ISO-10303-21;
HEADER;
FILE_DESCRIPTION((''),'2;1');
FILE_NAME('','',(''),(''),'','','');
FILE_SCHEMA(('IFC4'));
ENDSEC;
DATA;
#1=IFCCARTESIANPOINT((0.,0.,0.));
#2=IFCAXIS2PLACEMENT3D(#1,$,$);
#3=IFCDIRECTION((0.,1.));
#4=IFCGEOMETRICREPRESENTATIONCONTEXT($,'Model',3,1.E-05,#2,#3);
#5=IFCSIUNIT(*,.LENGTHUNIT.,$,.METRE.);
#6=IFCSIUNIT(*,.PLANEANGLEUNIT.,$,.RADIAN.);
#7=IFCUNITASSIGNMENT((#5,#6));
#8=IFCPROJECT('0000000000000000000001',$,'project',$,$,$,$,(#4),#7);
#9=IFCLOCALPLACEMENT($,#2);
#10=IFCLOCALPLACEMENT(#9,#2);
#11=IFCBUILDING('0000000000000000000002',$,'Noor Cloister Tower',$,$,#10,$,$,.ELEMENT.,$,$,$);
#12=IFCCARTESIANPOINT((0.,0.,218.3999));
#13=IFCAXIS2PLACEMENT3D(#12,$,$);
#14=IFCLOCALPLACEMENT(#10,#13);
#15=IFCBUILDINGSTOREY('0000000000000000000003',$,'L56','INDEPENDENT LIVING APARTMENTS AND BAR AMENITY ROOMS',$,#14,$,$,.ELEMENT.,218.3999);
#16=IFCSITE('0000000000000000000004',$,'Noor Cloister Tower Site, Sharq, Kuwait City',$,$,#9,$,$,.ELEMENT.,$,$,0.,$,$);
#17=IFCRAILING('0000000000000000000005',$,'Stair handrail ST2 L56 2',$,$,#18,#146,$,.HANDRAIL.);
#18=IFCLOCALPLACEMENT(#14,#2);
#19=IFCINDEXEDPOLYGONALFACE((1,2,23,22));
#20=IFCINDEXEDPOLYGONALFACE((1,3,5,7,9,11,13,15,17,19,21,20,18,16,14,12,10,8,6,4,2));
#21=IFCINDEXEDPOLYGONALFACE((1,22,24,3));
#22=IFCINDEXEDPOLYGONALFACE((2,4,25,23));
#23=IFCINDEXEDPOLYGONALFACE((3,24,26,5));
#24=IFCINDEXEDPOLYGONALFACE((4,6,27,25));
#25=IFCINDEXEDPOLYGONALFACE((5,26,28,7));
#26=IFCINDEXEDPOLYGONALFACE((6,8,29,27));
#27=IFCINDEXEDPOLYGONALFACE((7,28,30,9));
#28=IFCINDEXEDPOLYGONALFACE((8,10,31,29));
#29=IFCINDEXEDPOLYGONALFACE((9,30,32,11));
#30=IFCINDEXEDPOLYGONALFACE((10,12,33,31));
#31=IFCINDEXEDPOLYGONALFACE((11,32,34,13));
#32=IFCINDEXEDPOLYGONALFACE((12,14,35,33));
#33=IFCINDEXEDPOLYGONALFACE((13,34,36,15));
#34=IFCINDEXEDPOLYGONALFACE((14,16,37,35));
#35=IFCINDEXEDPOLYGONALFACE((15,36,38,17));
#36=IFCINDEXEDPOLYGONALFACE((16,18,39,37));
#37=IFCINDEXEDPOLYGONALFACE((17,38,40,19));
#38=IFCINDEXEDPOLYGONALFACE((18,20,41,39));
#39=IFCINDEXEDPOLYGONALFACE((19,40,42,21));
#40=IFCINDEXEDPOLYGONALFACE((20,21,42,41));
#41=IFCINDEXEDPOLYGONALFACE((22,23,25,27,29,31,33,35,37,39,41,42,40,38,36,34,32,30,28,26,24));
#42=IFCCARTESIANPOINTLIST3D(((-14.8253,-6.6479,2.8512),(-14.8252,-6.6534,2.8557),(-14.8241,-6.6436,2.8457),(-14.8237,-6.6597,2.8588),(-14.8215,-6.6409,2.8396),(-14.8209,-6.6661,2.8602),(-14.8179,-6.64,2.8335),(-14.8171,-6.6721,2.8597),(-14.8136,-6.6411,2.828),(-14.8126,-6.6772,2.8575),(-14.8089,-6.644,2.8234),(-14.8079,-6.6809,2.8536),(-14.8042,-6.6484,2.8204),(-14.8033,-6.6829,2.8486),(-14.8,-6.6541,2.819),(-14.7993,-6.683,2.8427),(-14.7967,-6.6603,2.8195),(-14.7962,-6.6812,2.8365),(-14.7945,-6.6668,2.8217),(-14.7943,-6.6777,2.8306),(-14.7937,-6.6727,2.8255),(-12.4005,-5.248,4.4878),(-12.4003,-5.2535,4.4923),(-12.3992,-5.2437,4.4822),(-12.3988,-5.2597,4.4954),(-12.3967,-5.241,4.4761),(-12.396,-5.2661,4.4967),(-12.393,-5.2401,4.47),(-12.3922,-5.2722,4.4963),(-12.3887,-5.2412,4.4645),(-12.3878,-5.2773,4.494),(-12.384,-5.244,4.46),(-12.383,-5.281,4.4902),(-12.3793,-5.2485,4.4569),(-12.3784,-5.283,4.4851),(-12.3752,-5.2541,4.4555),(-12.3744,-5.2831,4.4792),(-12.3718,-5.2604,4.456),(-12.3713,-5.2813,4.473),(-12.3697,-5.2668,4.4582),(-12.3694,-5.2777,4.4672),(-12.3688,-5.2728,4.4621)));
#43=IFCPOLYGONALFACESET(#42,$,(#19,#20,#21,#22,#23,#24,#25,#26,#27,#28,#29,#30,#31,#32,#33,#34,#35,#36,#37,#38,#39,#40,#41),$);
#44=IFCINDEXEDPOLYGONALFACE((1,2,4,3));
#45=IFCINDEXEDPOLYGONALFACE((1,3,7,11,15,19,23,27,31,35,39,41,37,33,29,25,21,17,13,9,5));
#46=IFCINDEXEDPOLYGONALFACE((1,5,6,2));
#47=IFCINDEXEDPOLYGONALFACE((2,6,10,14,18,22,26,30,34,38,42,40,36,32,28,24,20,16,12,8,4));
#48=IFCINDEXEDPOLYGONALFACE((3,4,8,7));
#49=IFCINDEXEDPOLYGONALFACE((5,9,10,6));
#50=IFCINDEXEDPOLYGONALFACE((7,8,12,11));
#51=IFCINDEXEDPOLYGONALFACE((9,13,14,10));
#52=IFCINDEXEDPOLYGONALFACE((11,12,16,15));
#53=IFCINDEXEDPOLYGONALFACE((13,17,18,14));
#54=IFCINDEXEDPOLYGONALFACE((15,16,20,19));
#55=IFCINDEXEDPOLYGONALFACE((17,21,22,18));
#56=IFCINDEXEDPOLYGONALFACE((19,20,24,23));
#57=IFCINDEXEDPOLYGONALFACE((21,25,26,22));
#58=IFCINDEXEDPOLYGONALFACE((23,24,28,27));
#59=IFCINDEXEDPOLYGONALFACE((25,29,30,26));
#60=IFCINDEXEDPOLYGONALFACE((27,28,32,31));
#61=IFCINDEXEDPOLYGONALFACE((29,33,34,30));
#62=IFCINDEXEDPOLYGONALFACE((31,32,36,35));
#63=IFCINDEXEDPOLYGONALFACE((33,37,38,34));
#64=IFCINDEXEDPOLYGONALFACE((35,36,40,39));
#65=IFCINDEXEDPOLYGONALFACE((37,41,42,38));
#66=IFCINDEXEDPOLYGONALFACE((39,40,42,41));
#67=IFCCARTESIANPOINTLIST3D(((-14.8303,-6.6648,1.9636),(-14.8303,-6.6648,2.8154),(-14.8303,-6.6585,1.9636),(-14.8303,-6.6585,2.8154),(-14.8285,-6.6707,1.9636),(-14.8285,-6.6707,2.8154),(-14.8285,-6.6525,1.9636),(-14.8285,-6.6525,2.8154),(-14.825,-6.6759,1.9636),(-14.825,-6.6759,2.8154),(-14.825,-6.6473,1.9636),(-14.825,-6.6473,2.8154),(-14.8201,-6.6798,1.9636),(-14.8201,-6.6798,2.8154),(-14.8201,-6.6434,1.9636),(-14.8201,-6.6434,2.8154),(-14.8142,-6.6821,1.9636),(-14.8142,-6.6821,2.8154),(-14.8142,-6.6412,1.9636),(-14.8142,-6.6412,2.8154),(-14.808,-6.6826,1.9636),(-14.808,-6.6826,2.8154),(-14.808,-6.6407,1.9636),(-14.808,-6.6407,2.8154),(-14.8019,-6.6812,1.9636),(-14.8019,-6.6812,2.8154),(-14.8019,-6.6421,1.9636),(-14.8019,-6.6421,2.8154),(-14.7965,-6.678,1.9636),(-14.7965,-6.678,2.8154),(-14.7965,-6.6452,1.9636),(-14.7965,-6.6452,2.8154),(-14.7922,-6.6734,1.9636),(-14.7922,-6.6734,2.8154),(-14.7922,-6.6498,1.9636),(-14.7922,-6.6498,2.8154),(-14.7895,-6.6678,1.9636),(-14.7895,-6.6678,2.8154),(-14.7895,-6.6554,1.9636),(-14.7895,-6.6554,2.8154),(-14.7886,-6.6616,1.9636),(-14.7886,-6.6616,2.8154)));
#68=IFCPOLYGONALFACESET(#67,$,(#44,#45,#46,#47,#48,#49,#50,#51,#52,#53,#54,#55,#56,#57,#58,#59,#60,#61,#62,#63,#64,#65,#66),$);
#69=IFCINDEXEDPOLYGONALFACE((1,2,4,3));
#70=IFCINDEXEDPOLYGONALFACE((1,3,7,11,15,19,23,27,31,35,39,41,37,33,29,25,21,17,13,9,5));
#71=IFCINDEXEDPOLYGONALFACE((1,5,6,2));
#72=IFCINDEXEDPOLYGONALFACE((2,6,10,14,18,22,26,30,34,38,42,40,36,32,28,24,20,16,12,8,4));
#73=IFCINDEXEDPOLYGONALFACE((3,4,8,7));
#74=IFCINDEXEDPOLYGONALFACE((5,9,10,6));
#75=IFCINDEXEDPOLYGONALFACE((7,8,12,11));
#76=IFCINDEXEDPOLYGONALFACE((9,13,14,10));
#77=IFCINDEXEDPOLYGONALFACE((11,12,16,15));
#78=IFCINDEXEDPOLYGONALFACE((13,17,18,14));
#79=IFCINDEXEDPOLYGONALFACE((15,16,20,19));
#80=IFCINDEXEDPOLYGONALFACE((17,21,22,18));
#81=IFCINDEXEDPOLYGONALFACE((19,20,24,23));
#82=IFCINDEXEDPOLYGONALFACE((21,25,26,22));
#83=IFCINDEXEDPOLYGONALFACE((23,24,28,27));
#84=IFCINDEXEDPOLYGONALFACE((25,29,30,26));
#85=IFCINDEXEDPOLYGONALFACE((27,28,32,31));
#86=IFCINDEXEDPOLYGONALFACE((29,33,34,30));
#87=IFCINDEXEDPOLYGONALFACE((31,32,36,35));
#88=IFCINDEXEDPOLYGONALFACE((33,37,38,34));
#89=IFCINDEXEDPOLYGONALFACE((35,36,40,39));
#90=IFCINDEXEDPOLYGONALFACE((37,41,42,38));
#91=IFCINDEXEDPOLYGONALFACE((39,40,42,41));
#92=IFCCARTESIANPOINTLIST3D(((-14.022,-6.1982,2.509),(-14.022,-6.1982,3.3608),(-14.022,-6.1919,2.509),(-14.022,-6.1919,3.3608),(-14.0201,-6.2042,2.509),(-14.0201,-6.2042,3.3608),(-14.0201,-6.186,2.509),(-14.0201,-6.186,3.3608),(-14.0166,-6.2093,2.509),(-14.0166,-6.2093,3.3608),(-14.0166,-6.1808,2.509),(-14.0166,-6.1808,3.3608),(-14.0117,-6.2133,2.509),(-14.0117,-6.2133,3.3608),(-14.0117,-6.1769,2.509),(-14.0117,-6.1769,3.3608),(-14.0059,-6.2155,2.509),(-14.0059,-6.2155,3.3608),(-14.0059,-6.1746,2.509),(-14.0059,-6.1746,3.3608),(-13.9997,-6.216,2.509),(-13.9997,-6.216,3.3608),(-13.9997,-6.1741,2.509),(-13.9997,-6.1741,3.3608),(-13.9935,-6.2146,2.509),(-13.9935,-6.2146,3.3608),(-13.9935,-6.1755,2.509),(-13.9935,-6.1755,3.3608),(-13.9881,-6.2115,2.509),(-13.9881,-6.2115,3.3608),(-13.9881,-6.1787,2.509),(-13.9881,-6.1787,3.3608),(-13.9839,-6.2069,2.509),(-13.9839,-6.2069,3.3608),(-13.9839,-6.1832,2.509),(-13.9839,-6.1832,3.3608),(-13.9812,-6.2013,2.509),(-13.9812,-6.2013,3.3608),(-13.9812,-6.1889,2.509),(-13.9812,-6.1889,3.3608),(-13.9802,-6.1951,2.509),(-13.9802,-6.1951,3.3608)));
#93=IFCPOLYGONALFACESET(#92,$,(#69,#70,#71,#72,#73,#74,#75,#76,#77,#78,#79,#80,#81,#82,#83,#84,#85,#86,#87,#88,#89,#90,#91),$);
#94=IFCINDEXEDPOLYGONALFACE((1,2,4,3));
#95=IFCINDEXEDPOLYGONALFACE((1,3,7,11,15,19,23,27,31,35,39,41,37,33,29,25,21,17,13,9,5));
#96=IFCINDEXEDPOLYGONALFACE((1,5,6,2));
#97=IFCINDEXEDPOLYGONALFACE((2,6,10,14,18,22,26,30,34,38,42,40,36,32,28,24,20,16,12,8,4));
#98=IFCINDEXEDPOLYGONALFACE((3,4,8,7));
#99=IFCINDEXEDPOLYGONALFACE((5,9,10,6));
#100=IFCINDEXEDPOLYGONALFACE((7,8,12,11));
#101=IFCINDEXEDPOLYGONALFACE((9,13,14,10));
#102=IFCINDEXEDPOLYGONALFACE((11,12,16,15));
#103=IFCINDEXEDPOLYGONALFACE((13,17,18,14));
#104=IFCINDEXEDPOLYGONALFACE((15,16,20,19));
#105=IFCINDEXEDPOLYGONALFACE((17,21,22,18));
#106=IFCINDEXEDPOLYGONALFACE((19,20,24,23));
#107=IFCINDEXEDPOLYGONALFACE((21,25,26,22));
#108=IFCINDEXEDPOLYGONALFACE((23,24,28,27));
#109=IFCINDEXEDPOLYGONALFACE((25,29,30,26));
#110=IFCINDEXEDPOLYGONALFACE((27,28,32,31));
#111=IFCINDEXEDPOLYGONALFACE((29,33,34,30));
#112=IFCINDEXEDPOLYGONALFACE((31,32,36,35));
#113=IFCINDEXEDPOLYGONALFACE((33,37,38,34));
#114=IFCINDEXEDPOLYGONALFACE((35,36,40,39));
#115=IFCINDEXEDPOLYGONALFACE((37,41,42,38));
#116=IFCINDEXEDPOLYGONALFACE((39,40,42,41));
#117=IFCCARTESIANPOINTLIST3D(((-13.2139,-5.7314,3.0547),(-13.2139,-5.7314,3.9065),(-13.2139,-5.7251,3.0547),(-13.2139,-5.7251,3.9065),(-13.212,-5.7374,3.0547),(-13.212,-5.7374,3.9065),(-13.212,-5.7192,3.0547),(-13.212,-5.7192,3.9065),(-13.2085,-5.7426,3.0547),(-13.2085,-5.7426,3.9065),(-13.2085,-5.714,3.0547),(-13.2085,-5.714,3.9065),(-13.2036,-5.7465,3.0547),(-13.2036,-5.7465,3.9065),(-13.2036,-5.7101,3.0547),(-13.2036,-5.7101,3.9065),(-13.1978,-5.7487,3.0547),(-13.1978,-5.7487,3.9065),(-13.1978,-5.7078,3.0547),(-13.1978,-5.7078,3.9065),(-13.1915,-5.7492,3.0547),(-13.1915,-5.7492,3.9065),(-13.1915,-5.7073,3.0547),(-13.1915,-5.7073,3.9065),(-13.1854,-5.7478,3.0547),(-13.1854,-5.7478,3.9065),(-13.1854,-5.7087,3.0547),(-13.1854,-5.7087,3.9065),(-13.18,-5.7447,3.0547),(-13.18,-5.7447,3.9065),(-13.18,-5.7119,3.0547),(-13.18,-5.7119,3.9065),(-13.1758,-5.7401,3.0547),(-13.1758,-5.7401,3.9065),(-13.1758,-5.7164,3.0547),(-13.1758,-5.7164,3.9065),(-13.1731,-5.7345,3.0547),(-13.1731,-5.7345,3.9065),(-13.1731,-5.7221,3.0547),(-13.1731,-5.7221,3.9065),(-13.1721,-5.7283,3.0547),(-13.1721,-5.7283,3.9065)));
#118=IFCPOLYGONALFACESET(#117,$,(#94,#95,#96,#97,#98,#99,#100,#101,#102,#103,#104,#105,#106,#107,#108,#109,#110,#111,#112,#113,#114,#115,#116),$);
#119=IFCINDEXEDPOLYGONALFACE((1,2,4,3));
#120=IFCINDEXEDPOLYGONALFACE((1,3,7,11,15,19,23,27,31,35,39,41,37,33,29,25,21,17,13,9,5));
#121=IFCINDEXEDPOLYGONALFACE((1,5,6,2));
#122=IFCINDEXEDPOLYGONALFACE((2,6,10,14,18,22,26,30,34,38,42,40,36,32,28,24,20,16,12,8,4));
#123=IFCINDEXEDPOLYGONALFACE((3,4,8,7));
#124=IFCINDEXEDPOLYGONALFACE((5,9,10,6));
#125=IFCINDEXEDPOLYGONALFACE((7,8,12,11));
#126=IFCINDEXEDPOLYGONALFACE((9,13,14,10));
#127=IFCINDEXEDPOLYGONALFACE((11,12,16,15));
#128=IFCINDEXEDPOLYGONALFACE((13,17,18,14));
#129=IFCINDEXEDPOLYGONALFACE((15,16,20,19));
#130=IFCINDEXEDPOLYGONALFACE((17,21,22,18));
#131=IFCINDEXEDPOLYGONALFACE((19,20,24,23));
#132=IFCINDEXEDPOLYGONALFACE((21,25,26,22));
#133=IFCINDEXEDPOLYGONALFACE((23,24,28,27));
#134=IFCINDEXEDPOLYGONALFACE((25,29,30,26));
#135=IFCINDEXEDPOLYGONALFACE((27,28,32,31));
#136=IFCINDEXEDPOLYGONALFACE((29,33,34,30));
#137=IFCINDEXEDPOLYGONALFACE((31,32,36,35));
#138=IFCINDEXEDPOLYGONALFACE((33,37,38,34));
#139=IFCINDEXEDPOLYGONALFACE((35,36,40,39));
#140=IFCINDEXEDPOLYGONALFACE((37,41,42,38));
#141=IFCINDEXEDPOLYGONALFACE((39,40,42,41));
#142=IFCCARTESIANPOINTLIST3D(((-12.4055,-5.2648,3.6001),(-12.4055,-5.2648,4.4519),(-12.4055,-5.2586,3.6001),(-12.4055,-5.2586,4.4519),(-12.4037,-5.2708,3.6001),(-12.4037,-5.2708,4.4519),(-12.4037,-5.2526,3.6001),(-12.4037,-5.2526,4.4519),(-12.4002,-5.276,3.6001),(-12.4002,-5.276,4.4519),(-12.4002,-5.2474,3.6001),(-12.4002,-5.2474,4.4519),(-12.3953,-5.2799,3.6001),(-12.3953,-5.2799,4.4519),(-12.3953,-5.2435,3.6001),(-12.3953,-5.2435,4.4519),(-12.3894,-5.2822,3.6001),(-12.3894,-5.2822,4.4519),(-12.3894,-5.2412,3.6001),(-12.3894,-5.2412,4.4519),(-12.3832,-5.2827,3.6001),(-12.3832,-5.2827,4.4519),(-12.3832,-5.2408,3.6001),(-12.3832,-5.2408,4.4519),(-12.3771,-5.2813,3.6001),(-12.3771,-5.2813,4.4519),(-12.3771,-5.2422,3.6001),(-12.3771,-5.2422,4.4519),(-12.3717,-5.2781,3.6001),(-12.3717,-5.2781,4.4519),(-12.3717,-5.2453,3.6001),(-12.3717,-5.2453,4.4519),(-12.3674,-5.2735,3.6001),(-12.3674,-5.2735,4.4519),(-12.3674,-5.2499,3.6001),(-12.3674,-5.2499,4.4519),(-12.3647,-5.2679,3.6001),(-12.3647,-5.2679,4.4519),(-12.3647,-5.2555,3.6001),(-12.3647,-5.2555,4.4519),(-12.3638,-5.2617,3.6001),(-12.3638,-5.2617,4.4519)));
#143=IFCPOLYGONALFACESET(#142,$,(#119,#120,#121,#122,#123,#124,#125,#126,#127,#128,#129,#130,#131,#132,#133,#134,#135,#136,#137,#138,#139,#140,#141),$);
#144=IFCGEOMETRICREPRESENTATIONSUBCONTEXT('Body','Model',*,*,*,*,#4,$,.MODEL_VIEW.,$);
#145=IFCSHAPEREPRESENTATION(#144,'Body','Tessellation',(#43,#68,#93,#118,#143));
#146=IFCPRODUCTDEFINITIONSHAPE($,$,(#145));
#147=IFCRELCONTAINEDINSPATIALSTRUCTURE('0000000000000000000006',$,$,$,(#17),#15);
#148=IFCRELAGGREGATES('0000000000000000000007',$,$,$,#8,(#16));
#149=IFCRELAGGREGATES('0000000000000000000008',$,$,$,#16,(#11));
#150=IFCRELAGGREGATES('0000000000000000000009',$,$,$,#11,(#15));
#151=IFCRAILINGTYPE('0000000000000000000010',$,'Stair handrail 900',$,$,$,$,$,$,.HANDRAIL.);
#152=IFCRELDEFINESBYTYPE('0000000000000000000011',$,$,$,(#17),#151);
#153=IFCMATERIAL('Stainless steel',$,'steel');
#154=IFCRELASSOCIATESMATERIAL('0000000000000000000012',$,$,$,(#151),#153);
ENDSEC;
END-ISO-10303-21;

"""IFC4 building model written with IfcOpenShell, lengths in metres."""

from ifc_helpers import new_model, si_unit, direction, frame, origin, origin_2d, place, context, subcontext, project, spatial, circle, extrude, material, type_object, element, save


model = new_model("IFC4")

# Units and contexts
model_context = context("Model", 3, precision=1e-05, world=origin(), true_north=direction((0.0, 1.0)))
body_context = subcontext(model_context, "Body", "Model", "MODEL_VIEW")
ifc_project = project(units=[si_unit("LENGTHUNIT", "METRE"), si_unit("PLANEANGLEUNIT", "RADIAN")], contexts=[model_context])

# Site, building, storey
site_placement = place(None, origin())
site = spatial("IfcSite", under=ifc_project, at=site_placement, Name="Noor Cloister Tower Site, Sharq, Kuwait City", CompositionType="ELEMENT", RefElevation=0.0)
building_placement = place(site_placement, origin())
building = spatial("IfcBuilding", under=site, at=building_placement, Name="Noor Cloister Tower", CompositionType="ELEMENT")
storey_placement = place(building_placement, frame((0.0, 0.0, 218.3999)))
storey = spatial("IfcBuildingStorey", under=building, at=storey_placement, Name="L56", Description="INDEPENDENT LIVING APARTMENTS AND BAR AMENITY ROOMS", CompositionType="ELEMENT", Elevation=218.3999)

# Railing
ifc_material_1 = material(Name="Stainless steel", Category="steel")
railing_type = type_object("IfcRailingType", Name="Stair handrail 900", PredefinedType="HANDRAIL", material=ifc_material_1)
railing_placement = place(storey_placement, frame((-14.8096, -6.6616, 1.9636)))
element("IfcRailing", 1, at=railing_placement, inside=storey, type_object=railing_type, Name="Stair handrail ST2 L56 2", PredefinedType="HANDRAIL", context=body_context, shape_type="SweptSolid", body=[
    extrude(circle(Radius=0.0239, at=origin_2d()), frame((0.0, 0.0, 0.876), z_axis=(0.74769, 0.431661, 0.504608), x_axis=(-0.499984, 0.866035, 0.0)), (0.0, 0.0, 1.0), 3.2432),
    extrude(circle(Radius=0.021, at=origin_2d()), origin(), (0.0, 0.0, 1.0), 0.8518),
    extrude(circle(Radius=0.021, at=origin_2d()), frame((0.8083, 0.4666, 0.5454)), (0.0, 0.0, 1.0), 0.8518),
    extrude(circle(Radius=0.021, at=origin_2d()), frame((1.6165, 0.9333, 1.0911)), (0.0, 0.0, 1.0), 0.8518),
    extrude(circle(Radius=0.021, at=origin_2d()), frame((2.4248, 1.3999, 1.6365)), (0.0, 0.0, 1.0), 0.8518),
])

save(model, "model.ifc")
